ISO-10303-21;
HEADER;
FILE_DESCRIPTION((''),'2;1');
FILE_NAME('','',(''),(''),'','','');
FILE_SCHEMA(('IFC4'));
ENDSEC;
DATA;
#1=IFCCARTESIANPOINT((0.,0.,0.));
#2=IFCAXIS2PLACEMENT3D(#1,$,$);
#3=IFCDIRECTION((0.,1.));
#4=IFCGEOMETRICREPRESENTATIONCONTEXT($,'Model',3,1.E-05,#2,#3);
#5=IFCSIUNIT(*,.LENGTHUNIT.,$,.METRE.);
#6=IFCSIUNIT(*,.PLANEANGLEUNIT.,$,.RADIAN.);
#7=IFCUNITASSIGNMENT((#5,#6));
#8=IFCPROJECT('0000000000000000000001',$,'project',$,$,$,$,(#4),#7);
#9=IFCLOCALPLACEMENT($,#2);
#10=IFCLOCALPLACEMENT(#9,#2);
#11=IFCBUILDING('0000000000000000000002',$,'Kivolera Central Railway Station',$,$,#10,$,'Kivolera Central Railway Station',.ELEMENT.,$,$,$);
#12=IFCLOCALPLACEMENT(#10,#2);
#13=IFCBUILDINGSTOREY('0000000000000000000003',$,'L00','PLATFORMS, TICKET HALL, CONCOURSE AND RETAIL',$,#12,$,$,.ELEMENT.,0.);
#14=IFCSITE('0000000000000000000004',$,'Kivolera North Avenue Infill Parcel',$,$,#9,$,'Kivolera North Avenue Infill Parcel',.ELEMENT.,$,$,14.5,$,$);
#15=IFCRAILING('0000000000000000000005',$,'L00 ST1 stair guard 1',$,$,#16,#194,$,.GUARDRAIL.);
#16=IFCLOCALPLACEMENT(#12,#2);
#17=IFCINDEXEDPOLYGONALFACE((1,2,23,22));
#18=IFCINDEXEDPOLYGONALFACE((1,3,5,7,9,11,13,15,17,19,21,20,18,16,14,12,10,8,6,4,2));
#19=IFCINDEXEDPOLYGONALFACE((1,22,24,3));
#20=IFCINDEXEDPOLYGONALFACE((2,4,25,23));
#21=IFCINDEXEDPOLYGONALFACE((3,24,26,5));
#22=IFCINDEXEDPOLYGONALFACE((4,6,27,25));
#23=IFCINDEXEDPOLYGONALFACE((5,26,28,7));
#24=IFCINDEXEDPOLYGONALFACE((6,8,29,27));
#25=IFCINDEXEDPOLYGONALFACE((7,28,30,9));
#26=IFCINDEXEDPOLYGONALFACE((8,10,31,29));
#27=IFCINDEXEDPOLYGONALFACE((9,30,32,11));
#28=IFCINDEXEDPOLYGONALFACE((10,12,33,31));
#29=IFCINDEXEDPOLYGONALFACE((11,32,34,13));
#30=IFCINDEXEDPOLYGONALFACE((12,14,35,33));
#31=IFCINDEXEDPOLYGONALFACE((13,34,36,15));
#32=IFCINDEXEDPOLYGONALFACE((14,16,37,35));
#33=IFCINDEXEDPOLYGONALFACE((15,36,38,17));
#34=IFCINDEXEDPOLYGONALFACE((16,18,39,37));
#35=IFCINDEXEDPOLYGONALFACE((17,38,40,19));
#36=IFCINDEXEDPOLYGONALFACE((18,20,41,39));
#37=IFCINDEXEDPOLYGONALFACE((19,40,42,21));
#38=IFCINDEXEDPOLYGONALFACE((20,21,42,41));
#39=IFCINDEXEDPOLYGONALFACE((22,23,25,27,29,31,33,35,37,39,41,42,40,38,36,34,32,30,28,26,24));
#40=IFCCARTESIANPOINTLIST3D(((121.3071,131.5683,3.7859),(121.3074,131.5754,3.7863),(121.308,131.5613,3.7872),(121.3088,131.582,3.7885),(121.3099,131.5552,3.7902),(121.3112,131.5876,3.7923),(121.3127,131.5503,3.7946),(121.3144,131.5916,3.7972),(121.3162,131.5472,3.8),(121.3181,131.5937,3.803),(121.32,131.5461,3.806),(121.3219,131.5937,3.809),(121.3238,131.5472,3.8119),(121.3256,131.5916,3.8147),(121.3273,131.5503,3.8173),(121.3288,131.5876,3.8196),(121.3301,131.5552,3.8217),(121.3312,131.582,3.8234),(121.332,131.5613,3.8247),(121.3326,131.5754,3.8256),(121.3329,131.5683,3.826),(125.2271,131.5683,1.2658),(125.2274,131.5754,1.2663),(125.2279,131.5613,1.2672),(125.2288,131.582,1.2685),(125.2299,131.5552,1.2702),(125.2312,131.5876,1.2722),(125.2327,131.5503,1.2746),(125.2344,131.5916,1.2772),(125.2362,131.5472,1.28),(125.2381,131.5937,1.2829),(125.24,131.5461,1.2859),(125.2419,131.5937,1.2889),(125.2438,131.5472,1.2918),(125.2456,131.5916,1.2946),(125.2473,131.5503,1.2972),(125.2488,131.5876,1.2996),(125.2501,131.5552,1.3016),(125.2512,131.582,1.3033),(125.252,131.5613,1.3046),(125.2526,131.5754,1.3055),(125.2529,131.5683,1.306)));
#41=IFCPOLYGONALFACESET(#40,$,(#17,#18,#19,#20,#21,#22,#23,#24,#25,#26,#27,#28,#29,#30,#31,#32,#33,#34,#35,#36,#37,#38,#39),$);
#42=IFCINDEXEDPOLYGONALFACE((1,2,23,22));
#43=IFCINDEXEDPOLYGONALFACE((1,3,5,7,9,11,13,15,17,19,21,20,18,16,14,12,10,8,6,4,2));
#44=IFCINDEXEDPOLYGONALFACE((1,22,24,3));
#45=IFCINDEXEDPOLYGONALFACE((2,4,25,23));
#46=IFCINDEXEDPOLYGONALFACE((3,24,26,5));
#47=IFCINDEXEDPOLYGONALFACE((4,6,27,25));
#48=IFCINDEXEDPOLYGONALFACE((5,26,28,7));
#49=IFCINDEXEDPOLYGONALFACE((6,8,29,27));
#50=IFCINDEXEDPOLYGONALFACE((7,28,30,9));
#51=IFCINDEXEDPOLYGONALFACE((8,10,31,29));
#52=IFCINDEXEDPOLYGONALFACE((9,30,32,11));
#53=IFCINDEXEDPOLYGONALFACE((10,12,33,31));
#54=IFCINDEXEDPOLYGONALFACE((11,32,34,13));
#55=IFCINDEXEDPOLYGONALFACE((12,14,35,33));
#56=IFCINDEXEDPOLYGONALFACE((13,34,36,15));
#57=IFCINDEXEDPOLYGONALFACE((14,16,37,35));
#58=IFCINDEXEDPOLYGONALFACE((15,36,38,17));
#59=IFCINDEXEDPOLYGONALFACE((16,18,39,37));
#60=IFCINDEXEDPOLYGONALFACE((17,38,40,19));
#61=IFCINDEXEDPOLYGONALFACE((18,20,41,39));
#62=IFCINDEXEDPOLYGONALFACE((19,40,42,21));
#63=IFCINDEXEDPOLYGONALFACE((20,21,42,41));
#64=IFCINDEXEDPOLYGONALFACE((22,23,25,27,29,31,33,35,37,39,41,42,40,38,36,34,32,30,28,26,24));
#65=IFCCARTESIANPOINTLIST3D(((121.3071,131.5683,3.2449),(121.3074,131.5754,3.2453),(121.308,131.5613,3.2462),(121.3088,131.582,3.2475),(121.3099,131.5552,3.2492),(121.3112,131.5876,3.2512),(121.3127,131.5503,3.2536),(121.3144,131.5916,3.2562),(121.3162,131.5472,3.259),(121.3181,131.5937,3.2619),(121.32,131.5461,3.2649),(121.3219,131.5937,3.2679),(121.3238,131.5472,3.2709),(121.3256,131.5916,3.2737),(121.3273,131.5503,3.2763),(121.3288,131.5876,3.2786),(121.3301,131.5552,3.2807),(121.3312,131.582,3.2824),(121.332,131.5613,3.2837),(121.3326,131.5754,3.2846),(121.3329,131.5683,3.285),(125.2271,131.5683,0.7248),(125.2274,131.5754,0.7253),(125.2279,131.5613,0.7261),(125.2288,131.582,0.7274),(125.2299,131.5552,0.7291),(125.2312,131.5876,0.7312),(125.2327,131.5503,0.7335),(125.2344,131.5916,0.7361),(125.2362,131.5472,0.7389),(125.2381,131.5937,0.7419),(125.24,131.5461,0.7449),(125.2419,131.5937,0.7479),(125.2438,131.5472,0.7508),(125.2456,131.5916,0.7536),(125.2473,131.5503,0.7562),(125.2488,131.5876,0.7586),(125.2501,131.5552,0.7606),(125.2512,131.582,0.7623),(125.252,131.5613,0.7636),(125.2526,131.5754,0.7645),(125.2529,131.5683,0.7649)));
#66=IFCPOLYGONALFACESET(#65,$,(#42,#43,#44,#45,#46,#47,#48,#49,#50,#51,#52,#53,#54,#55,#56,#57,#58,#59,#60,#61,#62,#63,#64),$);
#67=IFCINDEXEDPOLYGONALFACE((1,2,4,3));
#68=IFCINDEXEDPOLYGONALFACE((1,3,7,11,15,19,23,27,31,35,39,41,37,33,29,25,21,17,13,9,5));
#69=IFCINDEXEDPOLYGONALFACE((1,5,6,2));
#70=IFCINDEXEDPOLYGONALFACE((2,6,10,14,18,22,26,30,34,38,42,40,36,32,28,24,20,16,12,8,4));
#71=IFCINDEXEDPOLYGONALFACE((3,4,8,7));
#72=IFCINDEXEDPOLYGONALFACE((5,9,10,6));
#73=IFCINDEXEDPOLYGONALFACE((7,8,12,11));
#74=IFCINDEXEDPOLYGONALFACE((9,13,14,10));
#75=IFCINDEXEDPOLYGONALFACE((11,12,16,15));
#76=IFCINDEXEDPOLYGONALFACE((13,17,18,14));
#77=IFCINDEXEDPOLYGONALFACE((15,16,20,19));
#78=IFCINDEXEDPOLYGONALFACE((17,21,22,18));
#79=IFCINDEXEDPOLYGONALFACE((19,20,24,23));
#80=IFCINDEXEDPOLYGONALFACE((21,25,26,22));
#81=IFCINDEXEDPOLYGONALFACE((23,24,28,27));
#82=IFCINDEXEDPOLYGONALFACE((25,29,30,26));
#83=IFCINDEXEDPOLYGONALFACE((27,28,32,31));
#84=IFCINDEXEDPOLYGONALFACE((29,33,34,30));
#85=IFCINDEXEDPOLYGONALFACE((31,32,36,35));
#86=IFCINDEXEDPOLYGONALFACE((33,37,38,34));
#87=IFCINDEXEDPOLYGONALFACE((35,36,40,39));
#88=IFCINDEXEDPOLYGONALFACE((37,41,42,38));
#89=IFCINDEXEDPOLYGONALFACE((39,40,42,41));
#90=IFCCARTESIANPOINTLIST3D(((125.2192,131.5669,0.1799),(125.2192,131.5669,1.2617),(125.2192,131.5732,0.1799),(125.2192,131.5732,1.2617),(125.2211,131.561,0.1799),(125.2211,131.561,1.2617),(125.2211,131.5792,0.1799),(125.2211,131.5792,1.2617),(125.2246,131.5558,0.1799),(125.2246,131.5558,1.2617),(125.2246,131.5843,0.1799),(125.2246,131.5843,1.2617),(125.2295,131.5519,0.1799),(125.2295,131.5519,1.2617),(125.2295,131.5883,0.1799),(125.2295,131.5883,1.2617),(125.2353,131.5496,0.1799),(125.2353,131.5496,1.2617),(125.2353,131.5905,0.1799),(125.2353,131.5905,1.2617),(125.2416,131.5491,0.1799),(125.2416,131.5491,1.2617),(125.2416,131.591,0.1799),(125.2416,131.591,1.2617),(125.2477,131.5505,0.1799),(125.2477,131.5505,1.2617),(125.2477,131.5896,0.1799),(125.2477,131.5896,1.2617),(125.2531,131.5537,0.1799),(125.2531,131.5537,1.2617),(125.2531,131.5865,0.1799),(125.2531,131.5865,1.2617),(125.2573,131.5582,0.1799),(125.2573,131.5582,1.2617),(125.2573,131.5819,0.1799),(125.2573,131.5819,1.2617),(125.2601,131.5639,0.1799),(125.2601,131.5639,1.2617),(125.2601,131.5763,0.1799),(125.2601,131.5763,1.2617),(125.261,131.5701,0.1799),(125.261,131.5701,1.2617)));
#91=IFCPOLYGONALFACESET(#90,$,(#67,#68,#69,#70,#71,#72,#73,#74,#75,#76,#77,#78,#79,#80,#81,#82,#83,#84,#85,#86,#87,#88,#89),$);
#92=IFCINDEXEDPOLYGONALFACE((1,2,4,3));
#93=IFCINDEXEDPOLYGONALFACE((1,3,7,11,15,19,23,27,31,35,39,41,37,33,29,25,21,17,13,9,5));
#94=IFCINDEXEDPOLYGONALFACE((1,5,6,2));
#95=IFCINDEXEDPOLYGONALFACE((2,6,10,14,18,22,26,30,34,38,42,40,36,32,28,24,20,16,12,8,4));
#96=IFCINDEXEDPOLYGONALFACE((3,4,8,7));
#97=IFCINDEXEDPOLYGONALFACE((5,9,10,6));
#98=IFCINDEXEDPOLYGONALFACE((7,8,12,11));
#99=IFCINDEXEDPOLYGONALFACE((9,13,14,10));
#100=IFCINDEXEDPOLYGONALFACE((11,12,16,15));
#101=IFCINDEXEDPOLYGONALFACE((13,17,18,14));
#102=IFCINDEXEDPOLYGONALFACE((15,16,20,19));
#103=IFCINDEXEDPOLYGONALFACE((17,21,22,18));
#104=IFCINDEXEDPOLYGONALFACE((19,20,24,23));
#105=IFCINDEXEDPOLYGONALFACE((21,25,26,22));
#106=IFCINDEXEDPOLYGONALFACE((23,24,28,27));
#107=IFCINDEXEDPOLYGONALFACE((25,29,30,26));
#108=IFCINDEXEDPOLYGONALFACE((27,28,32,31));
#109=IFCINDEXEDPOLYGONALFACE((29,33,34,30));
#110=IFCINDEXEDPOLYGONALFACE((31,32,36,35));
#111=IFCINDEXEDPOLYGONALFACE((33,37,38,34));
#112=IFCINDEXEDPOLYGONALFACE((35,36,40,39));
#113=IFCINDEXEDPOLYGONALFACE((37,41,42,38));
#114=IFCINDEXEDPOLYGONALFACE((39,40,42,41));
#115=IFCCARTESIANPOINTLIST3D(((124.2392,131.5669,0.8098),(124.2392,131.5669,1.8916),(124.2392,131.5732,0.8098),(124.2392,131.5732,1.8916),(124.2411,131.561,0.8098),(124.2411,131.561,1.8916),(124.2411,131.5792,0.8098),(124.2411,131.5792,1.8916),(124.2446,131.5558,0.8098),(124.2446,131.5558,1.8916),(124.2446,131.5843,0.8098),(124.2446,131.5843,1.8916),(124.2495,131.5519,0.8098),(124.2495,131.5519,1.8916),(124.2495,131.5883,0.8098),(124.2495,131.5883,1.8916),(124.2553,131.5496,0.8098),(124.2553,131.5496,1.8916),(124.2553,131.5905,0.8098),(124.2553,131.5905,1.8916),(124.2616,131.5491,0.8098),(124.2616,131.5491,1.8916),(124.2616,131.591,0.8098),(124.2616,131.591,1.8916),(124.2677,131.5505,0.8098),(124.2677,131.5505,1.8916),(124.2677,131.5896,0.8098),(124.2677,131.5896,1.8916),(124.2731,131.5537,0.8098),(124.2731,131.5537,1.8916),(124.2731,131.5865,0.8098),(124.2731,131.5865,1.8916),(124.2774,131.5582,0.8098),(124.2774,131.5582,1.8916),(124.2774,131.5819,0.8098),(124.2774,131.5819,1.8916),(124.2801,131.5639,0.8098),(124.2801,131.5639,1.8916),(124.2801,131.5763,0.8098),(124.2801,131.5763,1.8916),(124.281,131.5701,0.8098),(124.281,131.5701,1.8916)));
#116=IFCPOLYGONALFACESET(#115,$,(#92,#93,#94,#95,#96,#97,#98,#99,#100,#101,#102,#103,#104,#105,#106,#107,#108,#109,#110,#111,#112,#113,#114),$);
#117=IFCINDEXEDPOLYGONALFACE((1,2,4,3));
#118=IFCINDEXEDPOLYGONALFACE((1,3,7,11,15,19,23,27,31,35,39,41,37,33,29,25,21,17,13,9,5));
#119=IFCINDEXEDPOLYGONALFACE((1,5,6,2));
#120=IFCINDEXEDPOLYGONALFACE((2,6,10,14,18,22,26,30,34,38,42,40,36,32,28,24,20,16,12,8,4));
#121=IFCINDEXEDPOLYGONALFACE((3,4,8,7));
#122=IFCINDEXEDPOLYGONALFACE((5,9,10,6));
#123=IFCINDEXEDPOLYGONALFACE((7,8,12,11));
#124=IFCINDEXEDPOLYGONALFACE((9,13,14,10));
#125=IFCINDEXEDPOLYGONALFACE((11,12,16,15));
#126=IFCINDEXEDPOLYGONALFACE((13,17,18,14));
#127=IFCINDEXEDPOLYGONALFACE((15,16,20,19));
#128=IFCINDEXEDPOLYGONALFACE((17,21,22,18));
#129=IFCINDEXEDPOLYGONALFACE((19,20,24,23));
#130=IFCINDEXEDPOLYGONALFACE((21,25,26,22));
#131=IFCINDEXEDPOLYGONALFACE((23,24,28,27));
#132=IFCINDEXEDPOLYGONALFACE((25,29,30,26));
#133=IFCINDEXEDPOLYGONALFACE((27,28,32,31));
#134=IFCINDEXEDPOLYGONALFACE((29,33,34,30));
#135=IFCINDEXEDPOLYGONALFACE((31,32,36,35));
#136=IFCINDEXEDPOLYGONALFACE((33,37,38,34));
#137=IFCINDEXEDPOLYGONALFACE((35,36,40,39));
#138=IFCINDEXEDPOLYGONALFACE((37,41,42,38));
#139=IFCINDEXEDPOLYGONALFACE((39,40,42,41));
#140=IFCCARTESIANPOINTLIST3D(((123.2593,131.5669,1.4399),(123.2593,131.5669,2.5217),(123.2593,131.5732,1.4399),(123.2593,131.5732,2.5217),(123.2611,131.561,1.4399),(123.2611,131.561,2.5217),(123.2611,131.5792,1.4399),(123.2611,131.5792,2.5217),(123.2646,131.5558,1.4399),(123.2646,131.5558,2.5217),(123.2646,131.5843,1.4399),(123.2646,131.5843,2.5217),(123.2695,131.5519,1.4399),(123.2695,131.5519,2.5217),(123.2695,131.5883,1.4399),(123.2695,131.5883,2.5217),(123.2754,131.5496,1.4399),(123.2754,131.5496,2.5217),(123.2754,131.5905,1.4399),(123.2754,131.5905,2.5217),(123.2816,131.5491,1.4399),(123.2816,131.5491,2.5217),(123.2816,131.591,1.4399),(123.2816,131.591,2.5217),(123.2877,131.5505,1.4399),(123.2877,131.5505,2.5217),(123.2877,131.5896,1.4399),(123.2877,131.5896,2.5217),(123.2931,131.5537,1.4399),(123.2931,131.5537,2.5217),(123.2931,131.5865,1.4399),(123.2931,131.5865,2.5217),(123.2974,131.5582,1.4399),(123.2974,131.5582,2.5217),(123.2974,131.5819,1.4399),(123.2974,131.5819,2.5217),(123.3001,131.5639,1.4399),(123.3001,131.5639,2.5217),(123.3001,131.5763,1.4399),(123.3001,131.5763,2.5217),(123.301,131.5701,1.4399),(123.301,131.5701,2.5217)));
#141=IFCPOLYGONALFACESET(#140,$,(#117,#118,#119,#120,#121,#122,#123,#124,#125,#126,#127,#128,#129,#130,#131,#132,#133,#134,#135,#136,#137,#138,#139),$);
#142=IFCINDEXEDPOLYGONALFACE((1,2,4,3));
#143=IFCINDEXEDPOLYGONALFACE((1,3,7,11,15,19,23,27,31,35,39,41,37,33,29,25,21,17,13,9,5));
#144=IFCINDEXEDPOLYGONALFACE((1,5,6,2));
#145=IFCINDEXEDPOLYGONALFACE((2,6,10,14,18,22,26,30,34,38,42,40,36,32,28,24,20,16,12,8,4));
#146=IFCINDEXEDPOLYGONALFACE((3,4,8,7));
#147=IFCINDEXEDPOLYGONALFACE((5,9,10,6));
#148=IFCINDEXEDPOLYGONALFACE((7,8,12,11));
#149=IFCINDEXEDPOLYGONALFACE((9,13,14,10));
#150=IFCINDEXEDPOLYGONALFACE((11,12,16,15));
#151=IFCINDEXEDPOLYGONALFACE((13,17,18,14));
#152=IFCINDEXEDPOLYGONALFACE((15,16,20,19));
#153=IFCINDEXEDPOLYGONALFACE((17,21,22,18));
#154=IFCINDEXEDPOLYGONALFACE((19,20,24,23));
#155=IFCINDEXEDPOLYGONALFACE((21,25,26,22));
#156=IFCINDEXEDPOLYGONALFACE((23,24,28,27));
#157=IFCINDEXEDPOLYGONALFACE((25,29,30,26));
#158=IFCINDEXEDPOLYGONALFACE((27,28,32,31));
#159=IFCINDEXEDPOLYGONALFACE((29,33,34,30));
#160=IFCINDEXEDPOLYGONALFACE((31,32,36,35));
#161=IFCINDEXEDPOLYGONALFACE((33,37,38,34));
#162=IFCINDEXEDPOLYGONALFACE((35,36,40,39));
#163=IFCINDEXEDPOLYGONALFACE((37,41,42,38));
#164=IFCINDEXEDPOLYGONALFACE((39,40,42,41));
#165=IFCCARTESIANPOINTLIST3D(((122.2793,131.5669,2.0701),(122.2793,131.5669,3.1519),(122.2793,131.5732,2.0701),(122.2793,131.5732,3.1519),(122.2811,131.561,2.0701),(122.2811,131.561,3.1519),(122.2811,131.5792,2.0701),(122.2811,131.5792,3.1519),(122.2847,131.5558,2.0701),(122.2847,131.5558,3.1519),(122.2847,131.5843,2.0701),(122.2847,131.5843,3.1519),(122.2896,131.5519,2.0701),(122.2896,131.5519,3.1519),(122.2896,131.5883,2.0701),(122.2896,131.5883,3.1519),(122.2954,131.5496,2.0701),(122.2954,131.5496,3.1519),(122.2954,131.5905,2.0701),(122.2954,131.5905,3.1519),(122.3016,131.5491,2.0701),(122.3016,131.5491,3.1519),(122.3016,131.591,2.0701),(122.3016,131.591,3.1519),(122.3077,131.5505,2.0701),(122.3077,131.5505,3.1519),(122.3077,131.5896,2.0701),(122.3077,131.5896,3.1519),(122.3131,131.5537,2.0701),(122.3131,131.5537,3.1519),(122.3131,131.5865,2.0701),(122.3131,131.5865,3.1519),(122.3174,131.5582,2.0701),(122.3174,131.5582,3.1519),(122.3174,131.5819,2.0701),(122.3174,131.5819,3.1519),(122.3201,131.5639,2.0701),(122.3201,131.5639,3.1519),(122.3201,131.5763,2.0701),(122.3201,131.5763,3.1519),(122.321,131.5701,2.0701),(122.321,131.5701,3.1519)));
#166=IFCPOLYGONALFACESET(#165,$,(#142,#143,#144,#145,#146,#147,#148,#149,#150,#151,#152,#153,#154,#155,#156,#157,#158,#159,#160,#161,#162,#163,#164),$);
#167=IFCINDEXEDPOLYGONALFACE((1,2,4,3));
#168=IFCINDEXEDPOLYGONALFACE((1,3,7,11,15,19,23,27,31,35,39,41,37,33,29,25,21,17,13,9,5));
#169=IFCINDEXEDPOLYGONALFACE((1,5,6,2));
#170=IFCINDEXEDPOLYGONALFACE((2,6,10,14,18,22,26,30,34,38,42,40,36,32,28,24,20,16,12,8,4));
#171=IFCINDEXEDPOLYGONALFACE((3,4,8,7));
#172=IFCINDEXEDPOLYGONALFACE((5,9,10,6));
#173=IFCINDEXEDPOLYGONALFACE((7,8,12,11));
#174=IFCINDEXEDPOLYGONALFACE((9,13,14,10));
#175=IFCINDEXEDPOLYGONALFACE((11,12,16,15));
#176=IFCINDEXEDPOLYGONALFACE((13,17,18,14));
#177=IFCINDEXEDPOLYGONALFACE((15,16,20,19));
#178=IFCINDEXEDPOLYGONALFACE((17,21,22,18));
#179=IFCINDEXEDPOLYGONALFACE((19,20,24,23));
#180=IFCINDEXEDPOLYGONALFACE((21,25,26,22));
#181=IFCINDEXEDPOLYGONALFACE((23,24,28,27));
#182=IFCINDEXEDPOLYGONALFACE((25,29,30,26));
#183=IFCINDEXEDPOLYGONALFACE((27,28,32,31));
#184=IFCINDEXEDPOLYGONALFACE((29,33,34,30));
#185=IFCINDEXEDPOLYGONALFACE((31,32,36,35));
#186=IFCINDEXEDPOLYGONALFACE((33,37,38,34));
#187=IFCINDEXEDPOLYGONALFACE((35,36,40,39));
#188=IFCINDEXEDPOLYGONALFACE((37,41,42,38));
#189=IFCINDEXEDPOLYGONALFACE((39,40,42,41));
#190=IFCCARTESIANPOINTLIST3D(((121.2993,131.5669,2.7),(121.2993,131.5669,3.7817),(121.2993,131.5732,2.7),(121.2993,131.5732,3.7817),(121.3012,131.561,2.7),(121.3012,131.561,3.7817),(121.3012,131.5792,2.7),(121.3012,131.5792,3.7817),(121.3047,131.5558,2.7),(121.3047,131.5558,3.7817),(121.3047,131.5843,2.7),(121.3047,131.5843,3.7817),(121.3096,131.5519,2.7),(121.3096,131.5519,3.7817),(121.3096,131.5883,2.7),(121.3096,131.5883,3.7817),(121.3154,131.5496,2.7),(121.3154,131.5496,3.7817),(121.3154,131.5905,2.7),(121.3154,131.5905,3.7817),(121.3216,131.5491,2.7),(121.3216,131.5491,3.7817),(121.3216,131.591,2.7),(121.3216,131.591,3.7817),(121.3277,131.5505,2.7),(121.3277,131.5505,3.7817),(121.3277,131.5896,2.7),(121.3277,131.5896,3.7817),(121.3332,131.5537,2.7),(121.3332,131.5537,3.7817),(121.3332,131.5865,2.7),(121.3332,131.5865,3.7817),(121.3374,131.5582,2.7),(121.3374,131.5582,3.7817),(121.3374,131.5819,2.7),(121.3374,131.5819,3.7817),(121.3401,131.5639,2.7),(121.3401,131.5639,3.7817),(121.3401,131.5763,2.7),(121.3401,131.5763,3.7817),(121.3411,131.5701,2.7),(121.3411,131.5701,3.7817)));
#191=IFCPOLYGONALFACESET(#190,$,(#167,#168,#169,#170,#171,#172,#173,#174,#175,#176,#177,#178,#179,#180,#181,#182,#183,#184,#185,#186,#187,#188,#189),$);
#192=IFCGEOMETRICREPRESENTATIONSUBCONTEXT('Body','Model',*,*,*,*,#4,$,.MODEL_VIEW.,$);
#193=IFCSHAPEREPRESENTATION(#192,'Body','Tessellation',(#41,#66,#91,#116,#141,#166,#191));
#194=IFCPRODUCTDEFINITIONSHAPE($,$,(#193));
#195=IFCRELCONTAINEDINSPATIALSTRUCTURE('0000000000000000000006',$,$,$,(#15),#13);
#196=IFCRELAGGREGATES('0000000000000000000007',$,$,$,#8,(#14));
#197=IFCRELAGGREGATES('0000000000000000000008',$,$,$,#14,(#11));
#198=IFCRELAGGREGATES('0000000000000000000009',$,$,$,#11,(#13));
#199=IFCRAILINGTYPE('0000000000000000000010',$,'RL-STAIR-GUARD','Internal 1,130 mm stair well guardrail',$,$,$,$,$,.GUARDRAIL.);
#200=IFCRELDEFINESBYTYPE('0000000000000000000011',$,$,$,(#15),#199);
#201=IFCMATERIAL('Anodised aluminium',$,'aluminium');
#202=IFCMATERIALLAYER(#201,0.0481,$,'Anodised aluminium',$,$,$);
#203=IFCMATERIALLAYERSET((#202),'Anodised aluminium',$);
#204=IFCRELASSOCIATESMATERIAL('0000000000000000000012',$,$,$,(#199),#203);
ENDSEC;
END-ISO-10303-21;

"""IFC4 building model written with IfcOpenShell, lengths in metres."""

from ifc_helpers import new_model, si_unit, direction, frame, origin, origin_2d, place, context, subcontext, project, spatial, circle, extrude, material, layer, layer_set, type_object, element, save


model = new_model("IFC4")

# Units and contexts
model_context = context("Model", 3, precision=1e-05, world=origin(), true_north=direction((0.0, 1.0)))
body_context = subcontext(model_context, "Body", "Model", "MODEL_VIEW")
ifc_project = project(units=[si_unit("LENGTHUNIT", "METRE"), si_unit("PLANEANGLEUNIT", "RADIAN")], contexts=[model_context])

# Site, building, storey
site_placement = place(None, origin())
site = spatial("IfcSite", under=ifc_project, at=site_placement, Name="Kivolera North Avenue Infill Parcel", LongName="Kivolera North Avenue Infill Parcel", CompositionType="ELEMENT", RefElevation=14.5)
building_placement = place(site_placement, origin())
building = spatial("IfcBuilding", under=site, at=building_placement, Name="Kivolera Central Railway Station", LongName="Kivolera Central Railway Station", CompositionType="ELEMENT")
storey_placement = place(building_placement, origin())
storey = spatial("IfcBuildingStorey", under=building, at=storey_placement, Name="L00", Description="PLATFORMS, TICKET HALL, CONCOURSE AND RETAIL", CompositionType="ELEMENT", Elevation=0.0)

# Shared definitions
ifc_material_1 = material(Name="Anodised aluminium", Category="aluminium")

# Railing
ifc_layer_1 = layer(ifc_material_1, 0.0481, Name="Anodised aluminium")
ifc_layer_set_1 = layer_set([ifc_layer_1], Name="Anodised aluminium")
railing_type_1 = type_object("IfcRailingType", Name="RL-STAIR-GUARD", Description="Internal 1,130 mm stair well guardrail", PredefinedType="GUARDRAIL", material=ifc_layer_set_1)
railing_1_placement = place(storey_placement, frame((125.24, 131.5701, 0.1799)))
element("IfcRailing", 1, at=railing_1_placement, inside=storey, type_object=railing_type_1, Name="L00 ST1 stair guard 1", PredefinedType="GUARDRAIL", context=body_context, shape_type="SweptSolid", body=[
    extrude(circle(Radius=0.0239, at=origin_2d()), frame((0.0, 0.0, 1.106), z_axis=(-0.841172, 0.0, 0.540768), x_axis=(0.0, -1.0, 0.0)), (0.0, 0.0, 1.0), 4.6602),
    extrude(circle(Radius=0.0239, at=origin_2d()), frame((0.0, 0.0, 0.5649), z_axis=(-0.841172, 0.0, 0.540768), x_axis=(0.0, -1.0, 0.0)), (0.0, 0.0, 1.0), 4.6602),
    extrude(circle(Radius=0.021, at=origin_2d()), origin(), (0.0, 0.0, 1.0), 1.0818),
    extrude(circle(Radius=0.021, at=origin_2d()), frame((-0.98, 0.0, 0.6299)), (0.0, 0.0, 1.0), 1.0818),
    extrude(circle(Radius=0.021, at=origin_2d()), frame((-1.96, 0.0, 1.26)), (0.0, 0.0, 1.0), 1.0818),
    extrude(circle(Radius=0.021, at=origin_2d()), frame((-2.9399, 0.0, 1.8901)), (0.0, 0.0, 1.0), 1.0818),
    extrude(circle(Radius=0.021, at=origin_2d()), frame((-3.9199, 0.0, 2.52)), (0.0, 0.0, 1.0), 1.0818),
])

save(model, "model.ifc")
